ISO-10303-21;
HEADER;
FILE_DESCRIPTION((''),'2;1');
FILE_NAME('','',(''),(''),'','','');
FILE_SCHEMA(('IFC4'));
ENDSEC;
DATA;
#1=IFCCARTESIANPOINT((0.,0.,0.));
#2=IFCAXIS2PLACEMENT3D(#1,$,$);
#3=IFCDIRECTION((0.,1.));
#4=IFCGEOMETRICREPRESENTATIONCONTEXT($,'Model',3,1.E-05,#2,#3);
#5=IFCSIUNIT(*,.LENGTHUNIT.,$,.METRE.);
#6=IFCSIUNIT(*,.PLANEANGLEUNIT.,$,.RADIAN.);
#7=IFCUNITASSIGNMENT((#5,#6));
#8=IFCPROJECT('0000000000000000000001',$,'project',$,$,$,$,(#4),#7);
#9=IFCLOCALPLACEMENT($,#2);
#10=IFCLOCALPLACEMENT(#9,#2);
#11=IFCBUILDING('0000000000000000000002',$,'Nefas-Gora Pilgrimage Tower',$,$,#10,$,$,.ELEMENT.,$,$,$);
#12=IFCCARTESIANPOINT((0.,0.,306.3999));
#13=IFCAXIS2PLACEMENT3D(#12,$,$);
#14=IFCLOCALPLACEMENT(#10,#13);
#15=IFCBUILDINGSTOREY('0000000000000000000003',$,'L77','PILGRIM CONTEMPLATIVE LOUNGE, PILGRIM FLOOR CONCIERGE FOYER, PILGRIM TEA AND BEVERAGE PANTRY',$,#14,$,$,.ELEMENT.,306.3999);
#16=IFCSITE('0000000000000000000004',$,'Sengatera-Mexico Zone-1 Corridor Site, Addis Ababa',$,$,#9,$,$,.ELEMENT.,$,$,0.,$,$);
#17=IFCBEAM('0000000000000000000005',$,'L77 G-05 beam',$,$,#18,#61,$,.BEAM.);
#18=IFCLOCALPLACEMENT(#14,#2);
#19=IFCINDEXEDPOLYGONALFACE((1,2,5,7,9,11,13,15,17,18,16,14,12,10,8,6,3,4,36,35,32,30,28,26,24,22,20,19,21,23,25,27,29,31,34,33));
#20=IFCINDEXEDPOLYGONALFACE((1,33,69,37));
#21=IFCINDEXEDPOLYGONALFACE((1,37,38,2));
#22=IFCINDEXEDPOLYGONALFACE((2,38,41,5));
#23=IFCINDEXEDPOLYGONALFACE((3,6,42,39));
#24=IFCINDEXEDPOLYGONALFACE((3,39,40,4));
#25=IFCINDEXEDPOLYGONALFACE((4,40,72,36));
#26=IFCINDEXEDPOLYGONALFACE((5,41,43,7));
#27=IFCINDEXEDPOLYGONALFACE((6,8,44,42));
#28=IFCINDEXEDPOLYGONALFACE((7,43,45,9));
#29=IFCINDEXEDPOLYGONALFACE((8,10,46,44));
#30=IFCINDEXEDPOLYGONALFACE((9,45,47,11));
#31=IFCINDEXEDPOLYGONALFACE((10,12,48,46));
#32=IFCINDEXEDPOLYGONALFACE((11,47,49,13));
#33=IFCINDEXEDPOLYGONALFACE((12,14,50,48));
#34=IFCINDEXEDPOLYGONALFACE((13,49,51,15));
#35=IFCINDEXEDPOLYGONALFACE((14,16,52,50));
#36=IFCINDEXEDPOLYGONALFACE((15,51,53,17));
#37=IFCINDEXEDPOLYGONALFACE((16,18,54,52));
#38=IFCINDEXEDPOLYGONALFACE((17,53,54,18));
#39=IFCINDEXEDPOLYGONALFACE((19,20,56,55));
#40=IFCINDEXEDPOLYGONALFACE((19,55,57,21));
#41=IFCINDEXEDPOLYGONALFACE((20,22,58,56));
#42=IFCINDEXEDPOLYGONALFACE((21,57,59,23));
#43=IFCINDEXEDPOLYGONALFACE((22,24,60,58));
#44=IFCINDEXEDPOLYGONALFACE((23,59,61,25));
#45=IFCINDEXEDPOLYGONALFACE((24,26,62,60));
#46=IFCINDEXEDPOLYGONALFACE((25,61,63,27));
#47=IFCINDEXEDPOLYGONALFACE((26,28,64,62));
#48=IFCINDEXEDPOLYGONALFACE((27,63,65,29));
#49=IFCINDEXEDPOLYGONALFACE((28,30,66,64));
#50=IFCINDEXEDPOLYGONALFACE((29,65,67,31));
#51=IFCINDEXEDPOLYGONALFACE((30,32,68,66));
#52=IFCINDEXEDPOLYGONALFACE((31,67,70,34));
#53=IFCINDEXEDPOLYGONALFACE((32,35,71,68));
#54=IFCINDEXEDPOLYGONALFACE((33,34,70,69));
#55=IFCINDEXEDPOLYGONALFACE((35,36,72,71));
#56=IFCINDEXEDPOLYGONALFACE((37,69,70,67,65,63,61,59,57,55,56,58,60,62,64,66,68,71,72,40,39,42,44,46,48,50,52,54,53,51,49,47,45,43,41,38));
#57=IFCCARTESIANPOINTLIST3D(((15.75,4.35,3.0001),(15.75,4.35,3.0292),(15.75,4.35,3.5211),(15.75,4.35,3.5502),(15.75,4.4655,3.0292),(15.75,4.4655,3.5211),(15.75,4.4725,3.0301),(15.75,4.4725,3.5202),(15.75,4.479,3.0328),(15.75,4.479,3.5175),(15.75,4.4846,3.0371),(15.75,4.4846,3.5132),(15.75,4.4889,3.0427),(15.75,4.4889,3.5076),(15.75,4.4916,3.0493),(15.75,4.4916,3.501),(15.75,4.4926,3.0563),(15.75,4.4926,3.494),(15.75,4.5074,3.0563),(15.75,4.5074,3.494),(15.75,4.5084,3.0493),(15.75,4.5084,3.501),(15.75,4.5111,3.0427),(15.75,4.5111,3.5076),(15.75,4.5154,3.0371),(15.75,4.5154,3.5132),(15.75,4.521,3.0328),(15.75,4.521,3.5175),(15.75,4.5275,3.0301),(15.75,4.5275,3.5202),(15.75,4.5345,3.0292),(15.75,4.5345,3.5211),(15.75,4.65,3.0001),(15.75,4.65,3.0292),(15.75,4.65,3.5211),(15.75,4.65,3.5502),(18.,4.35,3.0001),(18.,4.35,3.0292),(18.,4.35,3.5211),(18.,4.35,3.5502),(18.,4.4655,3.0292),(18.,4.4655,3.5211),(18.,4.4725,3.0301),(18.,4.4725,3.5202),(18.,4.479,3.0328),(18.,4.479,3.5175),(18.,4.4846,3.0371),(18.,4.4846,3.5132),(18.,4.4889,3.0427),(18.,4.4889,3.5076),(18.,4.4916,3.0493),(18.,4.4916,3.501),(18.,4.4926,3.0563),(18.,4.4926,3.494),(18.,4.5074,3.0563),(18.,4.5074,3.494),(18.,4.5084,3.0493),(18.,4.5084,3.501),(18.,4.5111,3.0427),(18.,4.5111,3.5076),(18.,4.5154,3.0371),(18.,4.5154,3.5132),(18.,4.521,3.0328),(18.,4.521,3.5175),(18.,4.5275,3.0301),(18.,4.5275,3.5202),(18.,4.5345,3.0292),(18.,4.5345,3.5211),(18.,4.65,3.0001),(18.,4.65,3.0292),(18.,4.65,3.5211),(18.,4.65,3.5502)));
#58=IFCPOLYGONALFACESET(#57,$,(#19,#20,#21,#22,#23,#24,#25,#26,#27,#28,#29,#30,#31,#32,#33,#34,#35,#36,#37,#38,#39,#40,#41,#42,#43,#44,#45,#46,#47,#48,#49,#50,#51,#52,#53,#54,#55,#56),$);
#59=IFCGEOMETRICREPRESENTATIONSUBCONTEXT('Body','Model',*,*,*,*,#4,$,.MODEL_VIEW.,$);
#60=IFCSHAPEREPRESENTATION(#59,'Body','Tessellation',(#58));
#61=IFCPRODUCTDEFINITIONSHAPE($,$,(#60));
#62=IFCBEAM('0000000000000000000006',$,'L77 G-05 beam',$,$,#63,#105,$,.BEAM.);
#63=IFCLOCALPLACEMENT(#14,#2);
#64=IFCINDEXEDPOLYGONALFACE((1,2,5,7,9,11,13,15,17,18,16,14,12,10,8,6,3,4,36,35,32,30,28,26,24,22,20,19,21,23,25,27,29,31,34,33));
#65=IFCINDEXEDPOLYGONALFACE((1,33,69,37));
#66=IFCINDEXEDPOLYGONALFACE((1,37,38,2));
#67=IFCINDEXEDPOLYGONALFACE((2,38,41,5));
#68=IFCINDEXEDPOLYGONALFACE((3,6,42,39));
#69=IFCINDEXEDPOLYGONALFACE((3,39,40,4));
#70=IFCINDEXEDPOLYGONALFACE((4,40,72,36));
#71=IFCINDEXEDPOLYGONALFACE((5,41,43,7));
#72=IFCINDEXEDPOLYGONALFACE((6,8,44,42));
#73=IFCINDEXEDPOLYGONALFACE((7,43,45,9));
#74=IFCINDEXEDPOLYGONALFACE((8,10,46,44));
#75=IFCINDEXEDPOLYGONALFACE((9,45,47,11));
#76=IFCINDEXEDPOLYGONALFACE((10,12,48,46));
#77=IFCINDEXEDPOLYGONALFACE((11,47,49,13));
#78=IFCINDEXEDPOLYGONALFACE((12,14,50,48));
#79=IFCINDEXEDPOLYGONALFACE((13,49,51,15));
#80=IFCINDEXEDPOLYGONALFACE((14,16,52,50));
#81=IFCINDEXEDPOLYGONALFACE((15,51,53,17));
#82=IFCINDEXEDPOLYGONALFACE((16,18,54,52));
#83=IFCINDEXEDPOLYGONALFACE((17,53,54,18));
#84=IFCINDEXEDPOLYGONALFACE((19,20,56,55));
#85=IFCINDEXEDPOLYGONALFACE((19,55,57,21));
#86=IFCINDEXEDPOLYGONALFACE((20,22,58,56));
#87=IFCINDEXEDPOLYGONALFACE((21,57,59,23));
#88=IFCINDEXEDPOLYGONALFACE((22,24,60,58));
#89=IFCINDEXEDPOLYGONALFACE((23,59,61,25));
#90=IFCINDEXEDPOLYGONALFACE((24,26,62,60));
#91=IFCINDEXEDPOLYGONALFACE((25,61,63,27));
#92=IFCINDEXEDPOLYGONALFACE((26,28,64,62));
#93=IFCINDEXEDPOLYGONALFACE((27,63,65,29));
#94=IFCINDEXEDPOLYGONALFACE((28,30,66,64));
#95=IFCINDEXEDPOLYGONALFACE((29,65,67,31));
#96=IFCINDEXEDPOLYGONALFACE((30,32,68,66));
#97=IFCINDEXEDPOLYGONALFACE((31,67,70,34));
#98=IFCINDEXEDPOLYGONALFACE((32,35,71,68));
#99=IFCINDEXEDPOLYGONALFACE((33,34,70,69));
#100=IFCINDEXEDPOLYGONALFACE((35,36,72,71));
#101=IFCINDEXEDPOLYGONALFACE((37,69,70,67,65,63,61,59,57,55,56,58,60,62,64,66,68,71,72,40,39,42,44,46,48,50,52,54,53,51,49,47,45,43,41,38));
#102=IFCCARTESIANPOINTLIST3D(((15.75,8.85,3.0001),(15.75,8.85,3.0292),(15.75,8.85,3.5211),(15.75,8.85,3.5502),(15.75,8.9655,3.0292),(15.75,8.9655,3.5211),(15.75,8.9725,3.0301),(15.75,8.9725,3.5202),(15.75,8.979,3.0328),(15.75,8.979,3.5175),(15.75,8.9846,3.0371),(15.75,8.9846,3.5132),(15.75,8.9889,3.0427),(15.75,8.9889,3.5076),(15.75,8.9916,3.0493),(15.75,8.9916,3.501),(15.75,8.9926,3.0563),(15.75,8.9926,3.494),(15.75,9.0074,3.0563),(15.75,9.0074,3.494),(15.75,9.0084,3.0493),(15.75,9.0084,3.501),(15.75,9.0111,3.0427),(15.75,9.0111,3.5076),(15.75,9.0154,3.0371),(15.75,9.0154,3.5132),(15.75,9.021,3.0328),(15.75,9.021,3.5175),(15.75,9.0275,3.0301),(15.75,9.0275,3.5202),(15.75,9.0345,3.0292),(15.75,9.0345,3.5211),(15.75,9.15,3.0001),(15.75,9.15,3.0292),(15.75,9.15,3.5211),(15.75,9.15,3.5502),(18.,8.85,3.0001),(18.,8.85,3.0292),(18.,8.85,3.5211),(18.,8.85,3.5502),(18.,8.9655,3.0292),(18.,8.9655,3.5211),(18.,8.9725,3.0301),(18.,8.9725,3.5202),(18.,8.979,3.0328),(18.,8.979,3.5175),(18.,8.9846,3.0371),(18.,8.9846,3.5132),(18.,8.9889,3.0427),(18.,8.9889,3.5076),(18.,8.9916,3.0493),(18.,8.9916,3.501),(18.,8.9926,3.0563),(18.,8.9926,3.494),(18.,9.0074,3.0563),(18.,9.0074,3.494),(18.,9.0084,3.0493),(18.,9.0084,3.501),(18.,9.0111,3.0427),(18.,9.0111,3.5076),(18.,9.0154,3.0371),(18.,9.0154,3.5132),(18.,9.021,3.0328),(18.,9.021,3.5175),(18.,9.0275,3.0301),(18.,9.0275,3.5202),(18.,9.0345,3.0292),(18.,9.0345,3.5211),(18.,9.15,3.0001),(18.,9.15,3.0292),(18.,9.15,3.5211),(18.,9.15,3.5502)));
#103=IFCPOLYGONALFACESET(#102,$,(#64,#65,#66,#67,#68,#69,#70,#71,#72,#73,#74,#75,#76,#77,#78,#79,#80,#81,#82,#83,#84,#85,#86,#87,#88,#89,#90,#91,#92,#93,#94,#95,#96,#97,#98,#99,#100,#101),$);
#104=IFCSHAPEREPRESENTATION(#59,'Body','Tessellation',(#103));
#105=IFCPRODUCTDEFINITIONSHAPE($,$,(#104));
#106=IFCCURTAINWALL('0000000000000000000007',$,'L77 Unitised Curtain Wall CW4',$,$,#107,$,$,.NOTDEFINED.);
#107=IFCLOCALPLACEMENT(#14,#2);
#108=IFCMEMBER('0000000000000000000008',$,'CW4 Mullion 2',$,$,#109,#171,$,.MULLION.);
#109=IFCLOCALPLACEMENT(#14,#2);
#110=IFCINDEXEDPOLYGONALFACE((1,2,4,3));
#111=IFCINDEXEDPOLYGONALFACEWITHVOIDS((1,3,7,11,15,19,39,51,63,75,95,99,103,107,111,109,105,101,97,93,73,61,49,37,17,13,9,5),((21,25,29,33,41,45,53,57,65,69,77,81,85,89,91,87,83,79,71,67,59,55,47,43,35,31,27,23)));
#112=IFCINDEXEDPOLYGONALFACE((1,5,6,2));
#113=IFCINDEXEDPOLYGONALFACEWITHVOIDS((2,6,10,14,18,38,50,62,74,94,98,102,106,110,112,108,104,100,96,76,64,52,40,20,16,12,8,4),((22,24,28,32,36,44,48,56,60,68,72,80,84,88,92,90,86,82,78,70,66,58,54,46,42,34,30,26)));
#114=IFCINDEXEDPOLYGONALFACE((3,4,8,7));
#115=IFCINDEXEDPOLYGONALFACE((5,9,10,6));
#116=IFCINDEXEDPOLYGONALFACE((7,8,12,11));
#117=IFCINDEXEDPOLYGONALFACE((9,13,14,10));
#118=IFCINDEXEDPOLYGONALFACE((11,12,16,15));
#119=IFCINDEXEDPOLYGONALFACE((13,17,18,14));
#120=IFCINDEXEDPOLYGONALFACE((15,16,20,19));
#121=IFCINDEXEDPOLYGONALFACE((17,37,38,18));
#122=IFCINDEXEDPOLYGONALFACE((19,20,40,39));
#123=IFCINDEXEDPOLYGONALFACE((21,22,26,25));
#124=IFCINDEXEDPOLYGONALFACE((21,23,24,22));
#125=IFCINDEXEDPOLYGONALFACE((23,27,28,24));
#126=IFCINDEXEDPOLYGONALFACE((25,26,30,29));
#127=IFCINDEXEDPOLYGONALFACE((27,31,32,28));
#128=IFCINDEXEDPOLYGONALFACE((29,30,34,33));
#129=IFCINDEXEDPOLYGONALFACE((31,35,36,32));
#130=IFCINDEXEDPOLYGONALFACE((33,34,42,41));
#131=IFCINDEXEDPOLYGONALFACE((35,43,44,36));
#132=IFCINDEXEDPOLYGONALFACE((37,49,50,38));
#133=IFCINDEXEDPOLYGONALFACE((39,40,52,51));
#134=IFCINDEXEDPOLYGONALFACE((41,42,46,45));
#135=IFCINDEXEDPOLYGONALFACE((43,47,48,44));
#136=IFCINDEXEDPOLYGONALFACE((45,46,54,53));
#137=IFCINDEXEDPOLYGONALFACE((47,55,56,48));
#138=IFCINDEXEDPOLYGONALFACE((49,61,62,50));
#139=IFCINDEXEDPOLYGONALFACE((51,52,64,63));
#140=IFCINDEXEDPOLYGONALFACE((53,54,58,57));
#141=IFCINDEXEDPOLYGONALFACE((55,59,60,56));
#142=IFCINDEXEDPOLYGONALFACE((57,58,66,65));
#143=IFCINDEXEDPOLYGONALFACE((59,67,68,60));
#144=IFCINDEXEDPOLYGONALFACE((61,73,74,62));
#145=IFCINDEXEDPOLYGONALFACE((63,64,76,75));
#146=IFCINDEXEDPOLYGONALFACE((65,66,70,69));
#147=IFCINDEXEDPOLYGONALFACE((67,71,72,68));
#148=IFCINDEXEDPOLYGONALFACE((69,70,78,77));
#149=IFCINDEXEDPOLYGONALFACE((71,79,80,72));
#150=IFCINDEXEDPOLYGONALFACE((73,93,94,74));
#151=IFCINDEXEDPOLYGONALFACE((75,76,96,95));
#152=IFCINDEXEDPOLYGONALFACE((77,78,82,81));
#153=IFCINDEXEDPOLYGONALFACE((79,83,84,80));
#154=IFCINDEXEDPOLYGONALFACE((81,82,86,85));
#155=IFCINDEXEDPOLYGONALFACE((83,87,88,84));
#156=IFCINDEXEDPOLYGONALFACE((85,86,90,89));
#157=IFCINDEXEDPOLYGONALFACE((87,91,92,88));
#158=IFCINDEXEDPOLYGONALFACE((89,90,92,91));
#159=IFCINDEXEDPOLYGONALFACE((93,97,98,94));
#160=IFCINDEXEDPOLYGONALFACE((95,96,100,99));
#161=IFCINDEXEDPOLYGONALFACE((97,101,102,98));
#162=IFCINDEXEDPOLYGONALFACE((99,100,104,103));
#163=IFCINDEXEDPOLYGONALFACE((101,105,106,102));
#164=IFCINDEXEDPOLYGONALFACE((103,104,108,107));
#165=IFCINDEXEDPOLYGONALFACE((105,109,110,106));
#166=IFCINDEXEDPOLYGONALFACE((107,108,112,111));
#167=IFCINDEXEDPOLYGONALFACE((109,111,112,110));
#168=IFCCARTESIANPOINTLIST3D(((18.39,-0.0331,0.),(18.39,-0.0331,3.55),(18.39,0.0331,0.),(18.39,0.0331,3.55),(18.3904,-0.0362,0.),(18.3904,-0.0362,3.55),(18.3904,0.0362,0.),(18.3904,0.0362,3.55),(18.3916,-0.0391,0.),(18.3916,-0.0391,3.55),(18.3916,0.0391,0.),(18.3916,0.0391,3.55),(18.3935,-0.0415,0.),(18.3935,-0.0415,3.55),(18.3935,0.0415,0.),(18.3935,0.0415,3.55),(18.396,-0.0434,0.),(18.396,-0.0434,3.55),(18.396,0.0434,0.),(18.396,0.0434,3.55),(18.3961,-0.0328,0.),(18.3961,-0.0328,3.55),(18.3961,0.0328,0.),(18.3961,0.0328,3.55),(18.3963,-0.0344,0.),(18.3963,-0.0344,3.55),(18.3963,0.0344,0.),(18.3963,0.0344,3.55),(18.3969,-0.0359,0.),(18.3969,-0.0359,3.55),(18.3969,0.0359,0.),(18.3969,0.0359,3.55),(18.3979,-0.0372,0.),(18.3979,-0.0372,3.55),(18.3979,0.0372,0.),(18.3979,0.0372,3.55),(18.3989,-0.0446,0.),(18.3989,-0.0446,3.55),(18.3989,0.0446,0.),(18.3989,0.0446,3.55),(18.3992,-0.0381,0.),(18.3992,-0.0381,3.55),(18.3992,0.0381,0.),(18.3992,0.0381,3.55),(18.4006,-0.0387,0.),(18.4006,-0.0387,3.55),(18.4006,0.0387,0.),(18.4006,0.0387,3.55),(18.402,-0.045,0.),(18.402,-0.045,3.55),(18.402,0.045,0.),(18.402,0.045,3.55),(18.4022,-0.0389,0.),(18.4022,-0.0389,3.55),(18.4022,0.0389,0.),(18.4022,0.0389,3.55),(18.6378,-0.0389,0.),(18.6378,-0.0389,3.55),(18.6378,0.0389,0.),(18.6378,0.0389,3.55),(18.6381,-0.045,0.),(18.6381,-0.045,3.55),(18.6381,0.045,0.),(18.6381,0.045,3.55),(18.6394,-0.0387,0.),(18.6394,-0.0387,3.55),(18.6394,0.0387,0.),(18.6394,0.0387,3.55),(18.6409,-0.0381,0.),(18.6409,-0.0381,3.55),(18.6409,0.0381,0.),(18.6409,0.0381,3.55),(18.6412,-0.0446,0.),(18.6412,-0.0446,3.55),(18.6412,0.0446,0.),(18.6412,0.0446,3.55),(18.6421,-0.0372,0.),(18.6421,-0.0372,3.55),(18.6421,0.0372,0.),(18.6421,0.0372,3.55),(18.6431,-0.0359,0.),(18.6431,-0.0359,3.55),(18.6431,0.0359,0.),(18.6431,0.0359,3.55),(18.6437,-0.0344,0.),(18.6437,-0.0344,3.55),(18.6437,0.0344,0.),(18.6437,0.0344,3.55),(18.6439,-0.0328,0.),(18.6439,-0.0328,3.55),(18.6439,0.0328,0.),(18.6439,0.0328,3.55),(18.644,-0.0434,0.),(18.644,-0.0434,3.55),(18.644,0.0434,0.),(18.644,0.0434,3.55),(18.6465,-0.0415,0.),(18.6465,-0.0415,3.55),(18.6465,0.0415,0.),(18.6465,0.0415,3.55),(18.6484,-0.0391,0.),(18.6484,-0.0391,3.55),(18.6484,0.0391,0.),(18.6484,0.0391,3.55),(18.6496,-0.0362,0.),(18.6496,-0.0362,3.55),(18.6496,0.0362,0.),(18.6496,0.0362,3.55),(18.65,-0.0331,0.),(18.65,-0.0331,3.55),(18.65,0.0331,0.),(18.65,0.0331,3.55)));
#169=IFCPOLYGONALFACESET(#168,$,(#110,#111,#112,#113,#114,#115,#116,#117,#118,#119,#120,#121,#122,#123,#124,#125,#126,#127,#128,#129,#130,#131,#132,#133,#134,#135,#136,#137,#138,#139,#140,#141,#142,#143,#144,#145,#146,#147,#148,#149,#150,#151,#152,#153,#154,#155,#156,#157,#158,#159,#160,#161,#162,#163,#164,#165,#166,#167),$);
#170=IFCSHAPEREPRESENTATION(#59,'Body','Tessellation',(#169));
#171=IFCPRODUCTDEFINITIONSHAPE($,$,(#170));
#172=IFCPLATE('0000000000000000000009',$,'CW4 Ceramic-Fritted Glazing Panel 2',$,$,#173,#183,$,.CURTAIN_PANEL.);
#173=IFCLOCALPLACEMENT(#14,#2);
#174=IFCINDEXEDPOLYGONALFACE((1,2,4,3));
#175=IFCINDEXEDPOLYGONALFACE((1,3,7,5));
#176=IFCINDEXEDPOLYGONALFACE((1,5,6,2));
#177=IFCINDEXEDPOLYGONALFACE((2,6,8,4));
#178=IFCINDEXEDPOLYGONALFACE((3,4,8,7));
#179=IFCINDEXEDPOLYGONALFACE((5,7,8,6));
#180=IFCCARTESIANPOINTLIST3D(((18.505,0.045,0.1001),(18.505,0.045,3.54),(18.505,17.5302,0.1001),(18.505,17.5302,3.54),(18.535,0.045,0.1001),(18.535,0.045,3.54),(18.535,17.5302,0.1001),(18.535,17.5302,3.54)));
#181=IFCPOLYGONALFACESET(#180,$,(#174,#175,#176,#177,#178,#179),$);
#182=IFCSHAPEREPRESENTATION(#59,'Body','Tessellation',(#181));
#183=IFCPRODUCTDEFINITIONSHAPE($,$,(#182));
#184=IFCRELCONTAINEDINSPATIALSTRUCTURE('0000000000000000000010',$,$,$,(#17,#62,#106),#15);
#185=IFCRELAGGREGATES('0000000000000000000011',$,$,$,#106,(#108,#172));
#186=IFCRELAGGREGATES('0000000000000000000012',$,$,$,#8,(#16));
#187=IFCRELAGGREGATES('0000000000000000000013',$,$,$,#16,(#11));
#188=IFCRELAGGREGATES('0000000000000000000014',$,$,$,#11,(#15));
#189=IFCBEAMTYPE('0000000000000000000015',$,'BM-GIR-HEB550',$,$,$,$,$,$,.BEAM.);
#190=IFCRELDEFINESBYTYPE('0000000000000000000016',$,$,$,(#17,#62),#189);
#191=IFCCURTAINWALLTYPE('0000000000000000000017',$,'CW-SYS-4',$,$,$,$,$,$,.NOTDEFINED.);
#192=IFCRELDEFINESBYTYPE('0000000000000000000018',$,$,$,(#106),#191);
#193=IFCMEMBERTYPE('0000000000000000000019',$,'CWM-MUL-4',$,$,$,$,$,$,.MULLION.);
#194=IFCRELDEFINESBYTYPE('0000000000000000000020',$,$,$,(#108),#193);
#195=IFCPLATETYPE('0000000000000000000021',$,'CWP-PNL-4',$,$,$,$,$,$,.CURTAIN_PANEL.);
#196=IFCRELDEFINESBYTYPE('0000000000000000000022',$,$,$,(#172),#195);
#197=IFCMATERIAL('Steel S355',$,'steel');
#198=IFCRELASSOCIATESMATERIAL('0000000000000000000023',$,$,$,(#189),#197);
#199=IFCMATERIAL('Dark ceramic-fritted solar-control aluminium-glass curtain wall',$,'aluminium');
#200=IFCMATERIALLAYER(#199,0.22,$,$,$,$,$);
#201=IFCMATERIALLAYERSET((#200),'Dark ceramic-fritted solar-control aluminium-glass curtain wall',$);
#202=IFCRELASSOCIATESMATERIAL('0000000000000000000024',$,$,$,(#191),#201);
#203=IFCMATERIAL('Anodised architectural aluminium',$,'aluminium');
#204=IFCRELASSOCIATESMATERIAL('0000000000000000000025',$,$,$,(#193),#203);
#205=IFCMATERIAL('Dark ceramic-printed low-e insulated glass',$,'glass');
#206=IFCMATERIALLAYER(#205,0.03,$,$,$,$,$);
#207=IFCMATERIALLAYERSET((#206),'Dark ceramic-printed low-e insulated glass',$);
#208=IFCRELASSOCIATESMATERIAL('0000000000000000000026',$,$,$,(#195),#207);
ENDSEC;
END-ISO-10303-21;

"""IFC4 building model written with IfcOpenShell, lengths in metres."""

from ifc_helpers import new_model, si_unit, direction, frame, origin, origin_2d, place, context, subcontext, project, spatial, rectangle, hollow_rectangle, i_section, extrude, source, transform, mapped, material, layer, layer_set, material_profile, profile_set, type_object, element, aggregate, save


model = new_model("IFC4")

# Units and contexts
model_context = context("Model", 3, precision=1e-05, world=origin(), true_north=direction((0.0, 1.0)))
body_context = subcontext(model_context, "Body", "Model", "MODEL_VIEW")
ifc_project = project(units=[si_unit("LENGTHUNIT", "METRE"), si_unit("PLANEANGLEUNIT", "RADIAN")], contexts=[model_context])

# Site, building, storey
site_placement = place(None, origin())
site = spatial("IfcSite", under=ifc_project, at=site_placement, Name="Sengatera-Mexico Zone-1 Corridor Site, Addis Ababa", CompositionType="ELEMENT", RefElevation=0.0)
building_placement = place(site_placement, origin())
building = spatial("IfcBuilding", under=site, at=building_placement, Name="Nefas-Gora Pilgrimage Tower", CompositionType="ELEMENT")
storey_placement = place(building_placement, frame((0.0, 0.0, 306.3999)))
storey = spatial("IfcBuildingStorey", under=building, at=storey_placement, Name="L77", Description="PILGRIM CONTEMPLATIVE LOUNGE, PILGRIM FLOOR CONCIERGE FOYER, PILGRIM TEA AND BEVERAGE PANTRY", CompositionType="ELEMENT", Elevation=306.3999)

# Shared definitions
ifc_material_1 = material(Name="Steel S355", Category="steel")

# Beams
ifc_material_profile_1 = material_profile(ifc_material_1, i_section(OverallWidth=0.3, OverallDepth=0.55, WebThickness=0.0149, FlangeThickness=0.0291, FilletRadius=0.0271, at=origin_2d()), Name="HEB 550")
ifc_profile_set_1 = profile_set([ifc_material_profile_1], Name="Steel S355")
beam_type_1 = type_object("IfcBeamType", Name="BM-GIR-HEB550", PredefinedType="BEAM", material=ifc_profile_set_1)
shared_shape_1 = source(origin(), body_context, "Body", "SweptSolid", [
    extrude(i_section(OverallWidth=0.3, OverallDepth=0.55, WebThickness=0.0149, FlangeThickness=0.0291, FilletRadius=0.0271, at=origin_2d()), origin(), (0.0, 0.0, 1.0), 2.25),
])
for number, where, z_axis, x_axis, name in (
    (1, (15.75, 4.5, 3.2751), (1.0, 0.0, 0.0), (0.0, 1.0, 0.0), "L77 G-05 beam"),
    (2, (15.75, 9.0, 3.2751), (1.0, 0.0, 0.0), (0.0, 1.0, 0.0), "L77 G-05 beam"),
):
    element("IfcBeam", number, at=place(storey_placement, frame(where, z_axis=z_axis, x_axis=x_axis)), inside=storey, type_object=beam_type_1, Name=name, PredefinedType="BEAM", context=body_context, shape_type="MappedRepresentation", body=[
        mapped(shared_shape_1, transform((0.0, 0.0, 0.0), x_axis=(1.0, 0.0, 0.0), y_axis=(0.0, 1.0, 0.0), z_axis=(0.0, 0.0, 1.0), scale=1.0)),
    ])

# Curtain wall, member, plate
ifc_material_2 = material(Name="Dark ceramic-fritted solar-control aluminium-glass curtain wall", Category="aluminium")
ifc_layer_1 = layer(ifc_material_2, 0.22)
ifc_layer_set_1 = layer_set([ifc_layer_1], Name="Dark ceramic-fritted solar-control aluminium-glass curtain wall")
curtain_wall_type = type_object("IfcCurtainWallType", Name="CW-SYS-4", PredefinedType="NOTDEFINED", material=ifc_layer_set_1)
curtain_wall_placement = place(storey_placement, origin())
curtain_wall = element("IfcCurtainWall", 3, at=curtain_wall_placement, inside=storey, type_object=curtain_wall_type, Name="L77 Unitised Curtain Wall CW4", PredefinedType="NOTDEFINED")
ifc_material_3 = material(Name="Anodised architectural aluminium", Category="aluminium")
ifc_material_profile_2 = material_profile(ifc_material_3, hollow_rectangle(XDim=0.0901, YDim=0.26, WallThickness=0.0061, InnerFilletRadius=0.0061, OuterFilletRadius=0.012, at=origin_2d()), Name="ALU MULLION 90x260")
ifc_profile_set_2 = profile_set([ifc_material_profile_2], Name="Anodised architectural aluminium")
member_type = type_object("IfcMemberType", Name="CWM-MUL-4", PredefinedType="MULLION", material=ifc_profile_set_2)
shared_shape_2 = source(origin(), body_context, "Body", "SweptSolid", [
    extrude(hollow_rectangle(XDim=0.0901, YDim=0.26, WallThickness=0.0061, InnerFilletRadius=0.0061, OuterFilletRadius=0.012, at=origin_2d()), origin(), (0.0, 0.0, 1.0), 3.55),
])
member_placement = place(storey_placement, frame((18.52, 0.0, 0.0), z_axis=(0.0, 0.0, 1.0), x_axis=(0.0, 1.0, 0.0)))
member = element("IfcMember", 4, at=member_placement, type_object=member_type, Name="CW4 Mullion 2", PredefinedType="MULLION", context=body_context, shape_type="MappedRepresentation", body=[
    mapped(shared_shape_2, transform((0.0, 0.0, 0.0), x_axis=(1.0, 0.0, 0.0), y_axis=(0.0, 1.0, 0.0), z_axis=(0.0, 0.0, 1.0), scale=1.0)),
])
ifc_material_4 = material(Name="Dark ceramic-printed low-e insulated glass", Category="glass")
ifc_layer_2 = layer(ifc_material_4, 0.03)
ifc_layer_set_2 = layer_set([ifc_layer_2], Name="Dark ceramic-printed low-e insulated glass")
plate_type = type_object("IfcPlateType", Name="CWP-PNL-4", PredefinedType="CURTAIN_PANEL", material=ifc_layer_set_2)
shared_shape_3 = source(origin(), body_context, "Body", "SweptSolid", [
    extrude(rectangle(XDim=17.4851, YDim=0.03, at=origin_2d()), origin(), (0.0, 0.0, 1.0), 3.4399),
])
plate_placement = place(storey_placement, frame((18.52, 8.7876, 0.1001), z_axis=(0.0, 0.0, 1.0), x_axis=(0.0, 1.0, 0.0)))
plate = element("IfcPlate", 5, at=plate_placement, type_object=plate_type, Name="CW4 Ceramic-Fritted Glazing Panel 2", PredefinedType="CURTAIN_PANEL", context=body_context, shape_type="MappedRepresentation", body=[
    mapped(shared_shape_3, transform((0.0, 0.0, 0.0), x_axis=(1.0, 0.0, 0.0), y_axis=(0.0, 1.0, 0.0), z_axis=(0.0, 0.0, 1.0), scale=1.0)),
])
aggregate(curtain_wall, [member, plate])

save(model, "model.ifc")
